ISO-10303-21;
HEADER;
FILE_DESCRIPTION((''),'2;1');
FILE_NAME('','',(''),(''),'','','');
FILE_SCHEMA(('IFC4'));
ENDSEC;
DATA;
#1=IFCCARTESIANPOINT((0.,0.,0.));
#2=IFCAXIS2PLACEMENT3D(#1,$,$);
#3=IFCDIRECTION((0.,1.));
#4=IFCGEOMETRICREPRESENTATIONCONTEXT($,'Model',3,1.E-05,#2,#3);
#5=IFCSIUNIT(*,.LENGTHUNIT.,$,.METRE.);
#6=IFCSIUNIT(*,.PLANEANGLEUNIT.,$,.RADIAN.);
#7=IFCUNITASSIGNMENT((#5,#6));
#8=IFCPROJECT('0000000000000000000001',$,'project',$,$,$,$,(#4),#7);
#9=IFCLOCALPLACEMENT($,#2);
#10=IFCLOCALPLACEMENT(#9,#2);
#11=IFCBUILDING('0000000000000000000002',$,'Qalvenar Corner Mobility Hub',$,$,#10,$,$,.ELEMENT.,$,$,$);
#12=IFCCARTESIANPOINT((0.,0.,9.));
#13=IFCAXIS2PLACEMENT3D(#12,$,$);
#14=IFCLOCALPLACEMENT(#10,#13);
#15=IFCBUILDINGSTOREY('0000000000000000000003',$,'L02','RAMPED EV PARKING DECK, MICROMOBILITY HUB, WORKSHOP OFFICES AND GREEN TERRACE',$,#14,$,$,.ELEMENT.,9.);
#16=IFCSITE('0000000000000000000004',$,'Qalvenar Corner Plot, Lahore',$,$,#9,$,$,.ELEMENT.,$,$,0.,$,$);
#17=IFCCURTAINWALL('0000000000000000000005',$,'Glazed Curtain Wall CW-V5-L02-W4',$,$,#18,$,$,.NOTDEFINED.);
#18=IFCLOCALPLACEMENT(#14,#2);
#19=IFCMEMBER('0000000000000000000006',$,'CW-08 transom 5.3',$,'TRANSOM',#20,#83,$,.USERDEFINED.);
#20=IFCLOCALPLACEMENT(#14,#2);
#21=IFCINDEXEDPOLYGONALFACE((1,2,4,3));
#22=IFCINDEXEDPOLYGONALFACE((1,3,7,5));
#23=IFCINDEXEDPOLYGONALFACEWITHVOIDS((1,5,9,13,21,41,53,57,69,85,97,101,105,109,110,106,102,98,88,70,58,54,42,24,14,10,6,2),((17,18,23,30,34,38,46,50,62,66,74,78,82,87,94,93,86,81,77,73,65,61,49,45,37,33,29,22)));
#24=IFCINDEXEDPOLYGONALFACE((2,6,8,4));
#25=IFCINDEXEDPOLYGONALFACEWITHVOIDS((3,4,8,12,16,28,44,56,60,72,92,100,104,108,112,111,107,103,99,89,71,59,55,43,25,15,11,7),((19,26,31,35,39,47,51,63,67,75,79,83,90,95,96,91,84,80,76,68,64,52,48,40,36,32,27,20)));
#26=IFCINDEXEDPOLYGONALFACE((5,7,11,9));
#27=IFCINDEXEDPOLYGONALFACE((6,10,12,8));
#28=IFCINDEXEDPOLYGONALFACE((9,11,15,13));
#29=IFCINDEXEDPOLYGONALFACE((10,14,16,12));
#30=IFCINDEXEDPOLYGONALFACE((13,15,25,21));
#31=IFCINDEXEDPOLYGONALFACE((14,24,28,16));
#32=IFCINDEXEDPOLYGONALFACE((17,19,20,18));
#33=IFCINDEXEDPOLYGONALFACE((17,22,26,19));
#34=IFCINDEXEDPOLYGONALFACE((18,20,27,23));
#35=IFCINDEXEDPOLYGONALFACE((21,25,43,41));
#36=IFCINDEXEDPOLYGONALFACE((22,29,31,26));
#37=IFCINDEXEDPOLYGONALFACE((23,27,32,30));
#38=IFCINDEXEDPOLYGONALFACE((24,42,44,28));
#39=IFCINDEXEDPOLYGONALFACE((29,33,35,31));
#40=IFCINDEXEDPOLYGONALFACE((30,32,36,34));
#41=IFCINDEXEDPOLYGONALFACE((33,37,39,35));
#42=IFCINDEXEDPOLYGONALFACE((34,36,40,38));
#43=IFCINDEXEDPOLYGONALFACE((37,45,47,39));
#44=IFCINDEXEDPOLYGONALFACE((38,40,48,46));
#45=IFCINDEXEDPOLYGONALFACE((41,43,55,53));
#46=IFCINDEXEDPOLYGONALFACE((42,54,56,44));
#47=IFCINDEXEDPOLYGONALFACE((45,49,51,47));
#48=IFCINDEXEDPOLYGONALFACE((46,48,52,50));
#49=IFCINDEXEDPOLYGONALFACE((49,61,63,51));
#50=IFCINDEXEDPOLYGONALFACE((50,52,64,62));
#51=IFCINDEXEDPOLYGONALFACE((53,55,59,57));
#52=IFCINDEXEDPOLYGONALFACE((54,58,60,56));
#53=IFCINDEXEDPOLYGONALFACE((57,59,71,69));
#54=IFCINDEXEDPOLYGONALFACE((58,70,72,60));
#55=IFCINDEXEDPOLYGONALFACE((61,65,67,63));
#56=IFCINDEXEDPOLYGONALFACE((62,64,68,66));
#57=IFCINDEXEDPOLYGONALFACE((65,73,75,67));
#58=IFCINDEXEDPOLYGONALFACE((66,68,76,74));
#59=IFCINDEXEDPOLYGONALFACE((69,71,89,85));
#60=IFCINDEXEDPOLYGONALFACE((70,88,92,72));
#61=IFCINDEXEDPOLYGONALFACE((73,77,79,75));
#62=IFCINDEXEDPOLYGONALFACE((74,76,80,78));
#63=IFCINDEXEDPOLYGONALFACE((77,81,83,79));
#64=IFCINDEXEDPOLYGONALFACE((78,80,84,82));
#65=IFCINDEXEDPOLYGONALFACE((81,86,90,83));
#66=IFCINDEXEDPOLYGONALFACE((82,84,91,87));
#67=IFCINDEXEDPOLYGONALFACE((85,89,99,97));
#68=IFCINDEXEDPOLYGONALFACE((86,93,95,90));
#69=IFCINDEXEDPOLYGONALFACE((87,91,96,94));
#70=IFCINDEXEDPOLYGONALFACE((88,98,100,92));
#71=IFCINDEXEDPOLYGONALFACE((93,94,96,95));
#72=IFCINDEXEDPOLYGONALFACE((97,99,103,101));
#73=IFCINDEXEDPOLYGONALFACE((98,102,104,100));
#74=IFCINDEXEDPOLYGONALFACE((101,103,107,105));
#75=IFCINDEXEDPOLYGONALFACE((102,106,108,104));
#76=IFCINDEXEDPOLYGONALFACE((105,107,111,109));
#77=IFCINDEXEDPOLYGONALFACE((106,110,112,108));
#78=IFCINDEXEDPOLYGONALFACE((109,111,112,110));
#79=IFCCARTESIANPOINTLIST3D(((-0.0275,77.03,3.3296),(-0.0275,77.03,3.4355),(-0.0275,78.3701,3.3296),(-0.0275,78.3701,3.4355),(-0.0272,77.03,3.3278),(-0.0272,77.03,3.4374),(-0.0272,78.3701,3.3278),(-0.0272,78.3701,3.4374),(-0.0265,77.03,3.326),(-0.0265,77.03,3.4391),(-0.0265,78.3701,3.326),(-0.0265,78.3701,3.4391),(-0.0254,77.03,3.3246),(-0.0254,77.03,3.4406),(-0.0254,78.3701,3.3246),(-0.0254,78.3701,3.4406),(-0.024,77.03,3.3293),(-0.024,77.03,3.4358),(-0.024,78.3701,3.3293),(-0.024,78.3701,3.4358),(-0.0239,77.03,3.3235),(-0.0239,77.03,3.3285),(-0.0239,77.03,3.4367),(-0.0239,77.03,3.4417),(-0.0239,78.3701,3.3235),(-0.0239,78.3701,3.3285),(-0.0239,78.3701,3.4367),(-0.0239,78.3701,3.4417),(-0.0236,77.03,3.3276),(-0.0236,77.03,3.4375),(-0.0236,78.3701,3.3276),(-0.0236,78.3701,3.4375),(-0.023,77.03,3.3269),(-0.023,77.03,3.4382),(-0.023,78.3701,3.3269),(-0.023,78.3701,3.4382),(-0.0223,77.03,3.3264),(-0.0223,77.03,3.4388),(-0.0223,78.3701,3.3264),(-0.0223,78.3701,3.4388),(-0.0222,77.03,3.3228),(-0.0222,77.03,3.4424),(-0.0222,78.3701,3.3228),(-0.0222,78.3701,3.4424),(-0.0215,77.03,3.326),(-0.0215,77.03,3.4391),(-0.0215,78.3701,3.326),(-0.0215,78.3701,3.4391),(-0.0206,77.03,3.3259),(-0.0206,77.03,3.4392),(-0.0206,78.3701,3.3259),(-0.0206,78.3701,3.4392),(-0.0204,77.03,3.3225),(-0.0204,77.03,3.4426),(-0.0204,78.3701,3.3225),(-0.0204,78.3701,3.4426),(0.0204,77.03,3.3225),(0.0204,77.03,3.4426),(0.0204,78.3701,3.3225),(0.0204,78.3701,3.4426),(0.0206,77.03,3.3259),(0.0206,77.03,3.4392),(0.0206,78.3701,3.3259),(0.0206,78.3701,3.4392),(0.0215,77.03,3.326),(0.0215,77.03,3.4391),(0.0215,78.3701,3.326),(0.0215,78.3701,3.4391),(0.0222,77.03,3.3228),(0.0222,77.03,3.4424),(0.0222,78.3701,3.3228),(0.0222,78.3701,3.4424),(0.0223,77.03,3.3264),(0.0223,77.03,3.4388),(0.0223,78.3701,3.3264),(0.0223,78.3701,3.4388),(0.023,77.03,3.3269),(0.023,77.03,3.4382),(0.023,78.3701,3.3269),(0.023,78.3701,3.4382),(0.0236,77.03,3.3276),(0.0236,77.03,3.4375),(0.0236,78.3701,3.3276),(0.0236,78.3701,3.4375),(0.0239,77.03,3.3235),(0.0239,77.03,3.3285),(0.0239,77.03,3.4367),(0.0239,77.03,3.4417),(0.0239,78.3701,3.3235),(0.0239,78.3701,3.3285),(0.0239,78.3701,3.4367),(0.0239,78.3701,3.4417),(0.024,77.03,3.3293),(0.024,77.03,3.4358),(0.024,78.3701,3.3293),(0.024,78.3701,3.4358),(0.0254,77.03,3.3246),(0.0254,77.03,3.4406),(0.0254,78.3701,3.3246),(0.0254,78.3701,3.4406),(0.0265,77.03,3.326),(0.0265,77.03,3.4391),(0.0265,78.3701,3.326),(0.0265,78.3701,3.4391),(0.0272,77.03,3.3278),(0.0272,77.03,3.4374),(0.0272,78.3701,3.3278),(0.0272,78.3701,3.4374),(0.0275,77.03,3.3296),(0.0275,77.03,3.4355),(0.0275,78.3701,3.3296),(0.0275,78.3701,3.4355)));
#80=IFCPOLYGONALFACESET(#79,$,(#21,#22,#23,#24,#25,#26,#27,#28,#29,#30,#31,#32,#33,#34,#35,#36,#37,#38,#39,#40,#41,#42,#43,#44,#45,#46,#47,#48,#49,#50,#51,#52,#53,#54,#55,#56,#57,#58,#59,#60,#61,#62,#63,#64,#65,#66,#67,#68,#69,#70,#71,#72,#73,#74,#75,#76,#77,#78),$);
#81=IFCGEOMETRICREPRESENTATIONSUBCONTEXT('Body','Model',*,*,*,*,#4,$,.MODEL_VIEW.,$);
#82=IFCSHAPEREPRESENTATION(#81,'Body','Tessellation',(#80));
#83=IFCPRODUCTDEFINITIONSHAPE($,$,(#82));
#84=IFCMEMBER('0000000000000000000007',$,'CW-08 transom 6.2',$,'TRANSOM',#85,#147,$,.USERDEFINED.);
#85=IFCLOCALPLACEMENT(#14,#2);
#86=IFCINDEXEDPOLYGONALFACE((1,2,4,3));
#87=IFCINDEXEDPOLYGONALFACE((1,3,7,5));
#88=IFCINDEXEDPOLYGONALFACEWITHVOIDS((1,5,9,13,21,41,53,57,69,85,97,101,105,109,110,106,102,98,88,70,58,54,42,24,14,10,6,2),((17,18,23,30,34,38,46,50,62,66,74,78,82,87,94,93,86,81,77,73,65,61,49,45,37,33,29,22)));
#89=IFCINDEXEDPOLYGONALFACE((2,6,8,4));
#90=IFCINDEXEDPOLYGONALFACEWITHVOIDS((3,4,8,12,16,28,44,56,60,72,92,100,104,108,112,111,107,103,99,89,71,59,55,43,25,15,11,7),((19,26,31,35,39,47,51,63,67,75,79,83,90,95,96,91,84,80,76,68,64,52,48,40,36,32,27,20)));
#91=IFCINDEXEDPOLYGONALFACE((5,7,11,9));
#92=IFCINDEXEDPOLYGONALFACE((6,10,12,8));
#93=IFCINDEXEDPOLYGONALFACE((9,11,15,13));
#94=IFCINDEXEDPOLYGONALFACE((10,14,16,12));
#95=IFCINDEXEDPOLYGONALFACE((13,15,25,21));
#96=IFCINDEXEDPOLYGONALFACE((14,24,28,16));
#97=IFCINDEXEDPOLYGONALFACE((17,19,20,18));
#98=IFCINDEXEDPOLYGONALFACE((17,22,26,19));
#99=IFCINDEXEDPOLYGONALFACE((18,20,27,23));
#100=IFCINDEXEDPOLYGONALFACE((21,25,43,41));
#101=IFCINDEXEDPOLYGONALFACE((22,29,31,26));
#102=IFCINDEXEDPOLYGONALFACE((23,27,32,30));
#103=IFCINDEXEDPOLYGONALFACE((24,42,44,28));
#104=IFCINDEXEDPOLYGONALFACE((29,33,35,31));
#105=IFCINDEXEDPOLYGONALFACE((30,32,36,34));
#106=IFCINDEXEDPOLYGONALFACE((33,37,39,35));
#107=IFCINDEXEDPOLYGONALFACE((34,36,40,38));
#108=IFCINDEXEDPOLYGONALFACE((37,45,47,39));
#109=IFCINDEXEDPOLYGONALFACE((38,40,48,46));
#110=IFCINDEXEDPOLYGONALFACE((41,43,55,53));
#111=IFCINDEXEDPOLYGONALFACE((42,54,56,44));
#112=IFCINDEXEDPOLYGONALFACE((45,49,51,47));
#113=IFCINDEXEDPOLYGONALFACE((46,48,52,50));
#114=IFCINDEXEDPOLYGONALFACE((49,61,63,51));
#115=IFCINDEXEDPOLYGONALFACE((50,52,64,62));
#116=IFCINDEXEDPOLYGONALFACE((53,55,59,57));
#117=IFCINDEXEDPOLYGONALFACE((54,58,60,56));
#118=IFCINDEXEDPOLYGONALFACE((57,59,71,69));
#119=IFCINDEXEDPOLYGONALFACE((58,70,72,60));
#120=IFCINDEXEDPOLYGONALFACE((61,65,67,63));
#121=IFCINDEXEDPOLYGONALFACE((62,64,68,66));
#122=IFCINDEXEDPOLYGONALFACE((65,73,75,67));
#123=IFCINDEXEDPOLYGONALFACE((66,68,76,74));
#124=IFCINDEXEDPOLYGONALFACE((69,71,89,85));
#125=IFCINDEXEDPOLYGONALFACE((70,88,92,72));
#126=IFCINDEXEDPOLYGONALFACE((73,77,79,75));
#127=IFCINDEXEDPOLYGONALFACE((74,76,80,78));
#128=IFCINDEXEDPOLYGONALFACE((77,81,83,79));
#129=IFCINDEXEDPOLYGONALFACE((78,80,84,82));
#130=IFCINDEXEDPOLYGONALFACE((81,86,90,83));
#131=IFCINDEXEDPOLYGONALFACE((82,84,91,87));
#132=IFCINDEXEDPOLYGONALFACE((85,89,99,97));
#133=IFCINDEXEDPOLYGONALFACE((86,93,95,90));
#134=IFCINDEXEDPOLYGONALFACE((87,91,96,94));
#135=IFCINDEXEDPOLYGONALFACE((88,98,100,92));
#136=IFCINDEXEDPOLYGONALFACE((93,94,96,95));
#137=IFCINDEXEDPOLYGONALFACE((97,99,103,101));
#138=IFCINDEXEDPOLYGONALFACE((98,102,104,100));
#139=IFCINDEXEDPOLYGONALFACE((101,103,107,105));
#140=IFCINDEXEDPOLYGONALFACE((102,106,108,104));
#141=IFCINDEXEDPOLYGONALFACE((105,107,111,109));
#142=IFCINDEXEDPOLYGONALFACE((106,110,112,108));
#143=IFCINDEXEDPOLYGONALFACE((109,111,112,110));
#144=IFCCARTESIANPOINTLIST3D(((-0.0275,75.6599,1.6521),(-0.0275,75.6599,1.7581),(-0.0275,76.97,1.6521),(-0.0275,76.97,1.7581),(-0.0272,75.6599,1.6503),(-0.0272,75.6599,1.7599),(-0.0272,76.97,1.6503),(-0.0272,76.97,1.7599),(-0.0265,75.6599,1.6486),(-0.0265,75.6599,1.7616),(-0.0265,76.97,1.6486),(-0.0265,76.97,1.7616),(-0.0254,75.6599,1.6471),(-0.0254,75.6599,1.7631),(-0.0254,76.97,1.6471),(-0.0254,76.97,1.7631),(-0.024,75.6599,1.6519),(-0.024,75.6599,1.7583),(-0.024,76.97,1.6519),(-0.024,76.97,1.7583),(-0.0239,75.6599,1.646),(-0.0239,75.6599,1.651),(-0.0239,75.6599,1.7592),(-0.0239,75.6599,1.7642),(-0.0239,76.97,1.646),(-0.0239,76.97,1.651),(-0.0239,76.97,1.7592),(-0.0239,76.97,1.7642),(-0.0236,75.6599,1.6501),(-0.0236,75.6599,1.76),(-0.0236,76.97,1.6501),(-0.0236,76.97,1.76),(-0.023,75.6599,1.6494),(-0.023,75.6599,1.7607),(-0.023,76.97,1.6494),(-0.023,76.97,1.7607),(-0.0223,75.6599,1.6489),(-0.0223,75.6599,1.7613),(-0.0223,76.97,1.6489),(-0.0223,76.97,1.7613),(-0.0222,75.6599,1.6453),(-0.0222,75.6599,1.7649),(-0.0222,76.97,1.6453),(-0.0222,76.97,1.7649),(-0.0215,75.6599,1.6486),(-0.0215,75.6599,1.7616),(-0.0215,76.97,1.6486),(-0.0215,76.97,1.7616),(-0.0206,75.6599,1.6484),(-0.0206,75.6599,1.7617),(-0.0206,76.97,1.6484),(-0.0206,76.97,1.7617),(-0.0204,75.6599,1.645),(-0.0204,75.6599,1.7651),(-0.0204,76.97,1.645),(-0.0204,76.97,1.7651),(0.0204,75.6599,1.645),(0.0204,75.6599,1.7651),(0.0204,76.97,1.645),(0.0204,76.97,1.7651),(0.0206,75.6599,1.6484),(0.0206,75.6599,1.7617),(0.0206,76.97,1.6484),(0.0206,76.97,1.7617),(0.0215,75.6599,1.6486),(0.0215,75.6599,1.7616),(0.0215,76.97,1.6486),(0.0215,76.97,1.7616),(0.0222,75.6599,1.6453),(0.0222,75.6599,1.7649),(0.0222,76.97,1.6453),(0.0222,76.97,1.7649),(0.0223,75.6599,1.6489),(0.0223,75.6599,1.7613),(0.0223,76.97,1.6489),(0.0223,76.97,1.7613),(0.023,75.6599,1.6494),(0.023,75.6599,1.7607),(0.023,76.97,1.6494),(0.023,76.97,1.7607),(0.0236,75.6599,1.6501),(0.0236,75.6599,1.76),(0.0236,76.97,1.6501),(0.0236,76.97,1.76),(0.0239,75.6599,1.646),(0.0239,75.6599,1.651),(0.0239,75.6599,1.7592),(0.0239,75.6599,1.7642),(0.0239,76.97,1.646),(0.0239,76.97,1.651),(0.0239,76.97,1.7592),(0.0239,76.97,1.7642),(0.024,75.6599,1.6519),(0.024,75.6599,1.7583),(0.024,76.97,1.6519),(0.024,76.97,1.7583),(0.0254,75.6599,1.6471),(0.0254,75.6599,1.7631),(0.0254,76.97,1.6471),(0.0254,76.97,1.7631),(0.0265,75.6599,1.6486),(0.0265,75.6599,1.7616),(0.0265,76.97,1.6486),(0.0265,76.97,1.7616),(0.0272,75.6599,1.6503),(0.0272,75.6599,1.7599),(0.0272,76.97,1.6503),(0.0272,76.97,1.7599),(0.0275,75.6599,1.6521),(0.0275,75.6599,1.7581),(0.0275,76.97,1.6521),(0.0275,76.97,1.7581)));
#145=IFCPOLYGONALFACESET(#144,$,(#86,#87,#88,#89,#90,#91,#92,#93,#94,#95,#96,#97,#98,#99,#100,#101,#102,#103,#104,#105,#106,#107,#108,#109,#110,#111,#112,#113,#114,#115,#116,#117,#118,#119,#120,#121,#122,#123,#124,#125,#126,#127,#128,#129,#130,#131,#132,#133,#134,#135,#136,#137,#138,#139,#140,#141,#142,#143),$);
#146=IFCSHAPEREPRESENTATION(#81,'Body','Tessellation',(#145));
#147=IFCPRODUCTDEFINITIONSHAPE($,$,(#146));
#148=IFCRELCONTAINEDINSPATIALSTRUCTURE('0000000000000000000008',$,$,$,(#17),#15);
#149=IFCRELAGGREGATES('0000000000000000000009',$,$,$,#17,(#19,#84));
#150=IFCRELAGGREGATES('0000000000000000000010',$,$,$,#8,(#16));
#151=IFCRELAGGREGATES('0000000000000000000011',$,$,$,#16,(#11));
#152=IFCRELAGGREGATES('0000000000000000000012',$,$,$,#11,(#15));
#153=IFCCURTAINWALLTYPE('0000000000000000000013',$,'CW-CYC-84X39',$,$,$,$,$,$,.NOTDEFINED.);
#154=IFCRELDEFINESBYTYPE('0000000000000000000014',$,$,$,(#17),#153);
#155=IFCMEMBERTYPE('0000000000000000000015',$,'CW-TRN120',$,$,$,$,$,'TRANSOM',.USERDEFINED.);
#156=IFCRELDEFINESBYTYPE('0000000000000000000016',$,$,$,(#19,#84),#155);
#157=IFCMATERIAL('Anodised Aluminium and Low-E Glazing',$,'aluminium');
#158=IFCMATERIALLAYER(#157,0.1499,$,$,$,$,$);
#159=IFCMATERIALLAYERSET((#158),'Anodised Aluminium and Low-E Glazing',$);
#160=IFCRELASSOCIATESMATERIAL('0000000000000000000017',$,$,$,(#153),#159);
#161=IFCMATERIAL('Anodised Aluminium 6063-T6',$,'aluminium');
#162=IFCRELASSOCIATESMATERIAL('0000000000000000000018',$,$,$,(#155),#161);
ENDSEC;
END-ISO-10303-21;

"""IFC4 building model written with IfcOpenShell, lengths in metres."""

from ifc_helpers import new_model, si_unit, direction, frame, origin, origin_2d, place, context, subcontext, project, spatial, hollow_rectangle, extrude, material, layer, layer_set, material_profile, profile_set, type_object, element, aggregate, save


model = new_model("IFC4")

# Units and contexts
model_context = context("Model", 3, precision=1e-05, world=origin(), true_north=direction((0.0, 1.0)))
body_context = subcontext(model_context, "Body", "Model", "MODEL_VIEW")
ifc_project = project(units=[si_unit("LENGTHUNIT", "METRE"), si_unit("PLANEANGLEUNIT", "RADIAN")], contexts=[model_context])

# Site, building, storey
site_placement = place(None, origin())
site = spatial("IfcSite", under=ifc_project, at=site_placement, Name="Qalvenar Corner Plot, Lahore", CompositionType="ELEMENT", RefElevation=0.0)
building_placement = place(site_placement, origin())
building = spatial("IfcBuilding", under=site, at=building_placement, Name="Qalvenar Corner Mobility Hub", CompositionType="ELEMENT")
storey_placement = place(building_placement, frame((0.0, 0.0, 9.0)))
storey = spatial("IfcBuildingStorey", under=building, at=storey_placement, Name="L02", Description="RAMPED EV PARKING DECK, MICROMOBILITY HUB, WORKSHOP OFFICES AND GREEN TERRACE", CompositionType="ELEMENT", Elevation=9.0)

# Curtain wall, members
ifc_material_1 = material(Name="Anodised Aluminium and Low-E Glazing", Category="aluminium")
ifc_layer_1 = layer(ifc_material_1, 0.1499)
ifc_layer_set_1 = layer_set([ifc_layer_1], Name="Anodised Aluminium and Low-E Glazing")
curtain_wall_type = type_object("IfcCurtainWallType", Name="CW-CYC-84X39", PredefinedType="NOTDEFINED", material=ifc_layer_set_1)
curtain_wall_placement = place(storey_placement, origin())
curtain_wall = element("IfcCurtainWall", 1, at=curtain_wall_placement, inside=storey, type_object=curtain_wall_type, Name="Glazed Curtain Wall CW-V5-L02-W4", PredefinedType="NOTDEFINED")
ifc_material_2 = material(Name="Anodised Aluminium 6063-T6", Category="aluminium")
ifc_material_profile_1 = material_profile(ifc_material_2, hollow_rectangle(XDim=0.0549, YDim=0.1201, WallThickness=0.0034, InnerFilletRadius=0.0034, OuterFilletRadius=0.0071, at=origin_2d()), Name="RHS120x55x3.5")
ifc_profile_set_1 = profile_set([ifc_material_profile_1], Name="Anodised Aluminium 6063-T6")
member_type_1 = type_object("IfcMemberType", Name="CW-TRN120", ElementType="TRANSOM", PredefinedType="USERDEFINED", material=ifc_profile_set_1)
member_1_placement = place(storey_placement, frame((0.0, 78.3701, 3.3826), z_axis=(0.0, -1.0, 0.0), x_axis=(1.0, 0.0, 0.0)))
member_1 = element("IfcMember", 2, at=member_1_placement, type_object=member_type_1, Name="CW-08 transom 5.3", ObjectType="TRANSOM", PredefinedType="USERDEFINED", context=body_context, shape_type="SweptSolid", body=[
    extrude(hollow_rectangle(XDim=0.0549, YDim=0.1201, WallThickness=0.0034, InnerFilletRadius=0.0034, OuterFilletRadius=0.0071, at=origin_2d()), origin(), (0.0, 0.0, 1.0), 1.3401),
])
member_2_placement = place(storey_placement, frame((0.0, 76.97, 1.7051), z_axis=(0.0, -1.0, 0.0), x_axis=(1.0, 0.0, 0.0)))
member_2 = element("IfcMember", 3, at=member_2_placement, type_object=member_type_1, Name="CW-08 transom 6.2", ObjectType="TRANSOM", PredefinedType="USERDEFINED", context=body_context, shape_type="SweptSolid", body=[
    extrude(hollow_rectangle(XDim=0.0549, YDim=0.1201, WallThickness=0.0034, InnerFilletRadius=0.0034, OuterFilletRadius=0.0071, at=origin_2d()), origin(), (0.0, 0.0, 1.0), 1.3101),
])
aggregate(curtain_wall, [member_1, member_2])

save(model, "model.ifc")
